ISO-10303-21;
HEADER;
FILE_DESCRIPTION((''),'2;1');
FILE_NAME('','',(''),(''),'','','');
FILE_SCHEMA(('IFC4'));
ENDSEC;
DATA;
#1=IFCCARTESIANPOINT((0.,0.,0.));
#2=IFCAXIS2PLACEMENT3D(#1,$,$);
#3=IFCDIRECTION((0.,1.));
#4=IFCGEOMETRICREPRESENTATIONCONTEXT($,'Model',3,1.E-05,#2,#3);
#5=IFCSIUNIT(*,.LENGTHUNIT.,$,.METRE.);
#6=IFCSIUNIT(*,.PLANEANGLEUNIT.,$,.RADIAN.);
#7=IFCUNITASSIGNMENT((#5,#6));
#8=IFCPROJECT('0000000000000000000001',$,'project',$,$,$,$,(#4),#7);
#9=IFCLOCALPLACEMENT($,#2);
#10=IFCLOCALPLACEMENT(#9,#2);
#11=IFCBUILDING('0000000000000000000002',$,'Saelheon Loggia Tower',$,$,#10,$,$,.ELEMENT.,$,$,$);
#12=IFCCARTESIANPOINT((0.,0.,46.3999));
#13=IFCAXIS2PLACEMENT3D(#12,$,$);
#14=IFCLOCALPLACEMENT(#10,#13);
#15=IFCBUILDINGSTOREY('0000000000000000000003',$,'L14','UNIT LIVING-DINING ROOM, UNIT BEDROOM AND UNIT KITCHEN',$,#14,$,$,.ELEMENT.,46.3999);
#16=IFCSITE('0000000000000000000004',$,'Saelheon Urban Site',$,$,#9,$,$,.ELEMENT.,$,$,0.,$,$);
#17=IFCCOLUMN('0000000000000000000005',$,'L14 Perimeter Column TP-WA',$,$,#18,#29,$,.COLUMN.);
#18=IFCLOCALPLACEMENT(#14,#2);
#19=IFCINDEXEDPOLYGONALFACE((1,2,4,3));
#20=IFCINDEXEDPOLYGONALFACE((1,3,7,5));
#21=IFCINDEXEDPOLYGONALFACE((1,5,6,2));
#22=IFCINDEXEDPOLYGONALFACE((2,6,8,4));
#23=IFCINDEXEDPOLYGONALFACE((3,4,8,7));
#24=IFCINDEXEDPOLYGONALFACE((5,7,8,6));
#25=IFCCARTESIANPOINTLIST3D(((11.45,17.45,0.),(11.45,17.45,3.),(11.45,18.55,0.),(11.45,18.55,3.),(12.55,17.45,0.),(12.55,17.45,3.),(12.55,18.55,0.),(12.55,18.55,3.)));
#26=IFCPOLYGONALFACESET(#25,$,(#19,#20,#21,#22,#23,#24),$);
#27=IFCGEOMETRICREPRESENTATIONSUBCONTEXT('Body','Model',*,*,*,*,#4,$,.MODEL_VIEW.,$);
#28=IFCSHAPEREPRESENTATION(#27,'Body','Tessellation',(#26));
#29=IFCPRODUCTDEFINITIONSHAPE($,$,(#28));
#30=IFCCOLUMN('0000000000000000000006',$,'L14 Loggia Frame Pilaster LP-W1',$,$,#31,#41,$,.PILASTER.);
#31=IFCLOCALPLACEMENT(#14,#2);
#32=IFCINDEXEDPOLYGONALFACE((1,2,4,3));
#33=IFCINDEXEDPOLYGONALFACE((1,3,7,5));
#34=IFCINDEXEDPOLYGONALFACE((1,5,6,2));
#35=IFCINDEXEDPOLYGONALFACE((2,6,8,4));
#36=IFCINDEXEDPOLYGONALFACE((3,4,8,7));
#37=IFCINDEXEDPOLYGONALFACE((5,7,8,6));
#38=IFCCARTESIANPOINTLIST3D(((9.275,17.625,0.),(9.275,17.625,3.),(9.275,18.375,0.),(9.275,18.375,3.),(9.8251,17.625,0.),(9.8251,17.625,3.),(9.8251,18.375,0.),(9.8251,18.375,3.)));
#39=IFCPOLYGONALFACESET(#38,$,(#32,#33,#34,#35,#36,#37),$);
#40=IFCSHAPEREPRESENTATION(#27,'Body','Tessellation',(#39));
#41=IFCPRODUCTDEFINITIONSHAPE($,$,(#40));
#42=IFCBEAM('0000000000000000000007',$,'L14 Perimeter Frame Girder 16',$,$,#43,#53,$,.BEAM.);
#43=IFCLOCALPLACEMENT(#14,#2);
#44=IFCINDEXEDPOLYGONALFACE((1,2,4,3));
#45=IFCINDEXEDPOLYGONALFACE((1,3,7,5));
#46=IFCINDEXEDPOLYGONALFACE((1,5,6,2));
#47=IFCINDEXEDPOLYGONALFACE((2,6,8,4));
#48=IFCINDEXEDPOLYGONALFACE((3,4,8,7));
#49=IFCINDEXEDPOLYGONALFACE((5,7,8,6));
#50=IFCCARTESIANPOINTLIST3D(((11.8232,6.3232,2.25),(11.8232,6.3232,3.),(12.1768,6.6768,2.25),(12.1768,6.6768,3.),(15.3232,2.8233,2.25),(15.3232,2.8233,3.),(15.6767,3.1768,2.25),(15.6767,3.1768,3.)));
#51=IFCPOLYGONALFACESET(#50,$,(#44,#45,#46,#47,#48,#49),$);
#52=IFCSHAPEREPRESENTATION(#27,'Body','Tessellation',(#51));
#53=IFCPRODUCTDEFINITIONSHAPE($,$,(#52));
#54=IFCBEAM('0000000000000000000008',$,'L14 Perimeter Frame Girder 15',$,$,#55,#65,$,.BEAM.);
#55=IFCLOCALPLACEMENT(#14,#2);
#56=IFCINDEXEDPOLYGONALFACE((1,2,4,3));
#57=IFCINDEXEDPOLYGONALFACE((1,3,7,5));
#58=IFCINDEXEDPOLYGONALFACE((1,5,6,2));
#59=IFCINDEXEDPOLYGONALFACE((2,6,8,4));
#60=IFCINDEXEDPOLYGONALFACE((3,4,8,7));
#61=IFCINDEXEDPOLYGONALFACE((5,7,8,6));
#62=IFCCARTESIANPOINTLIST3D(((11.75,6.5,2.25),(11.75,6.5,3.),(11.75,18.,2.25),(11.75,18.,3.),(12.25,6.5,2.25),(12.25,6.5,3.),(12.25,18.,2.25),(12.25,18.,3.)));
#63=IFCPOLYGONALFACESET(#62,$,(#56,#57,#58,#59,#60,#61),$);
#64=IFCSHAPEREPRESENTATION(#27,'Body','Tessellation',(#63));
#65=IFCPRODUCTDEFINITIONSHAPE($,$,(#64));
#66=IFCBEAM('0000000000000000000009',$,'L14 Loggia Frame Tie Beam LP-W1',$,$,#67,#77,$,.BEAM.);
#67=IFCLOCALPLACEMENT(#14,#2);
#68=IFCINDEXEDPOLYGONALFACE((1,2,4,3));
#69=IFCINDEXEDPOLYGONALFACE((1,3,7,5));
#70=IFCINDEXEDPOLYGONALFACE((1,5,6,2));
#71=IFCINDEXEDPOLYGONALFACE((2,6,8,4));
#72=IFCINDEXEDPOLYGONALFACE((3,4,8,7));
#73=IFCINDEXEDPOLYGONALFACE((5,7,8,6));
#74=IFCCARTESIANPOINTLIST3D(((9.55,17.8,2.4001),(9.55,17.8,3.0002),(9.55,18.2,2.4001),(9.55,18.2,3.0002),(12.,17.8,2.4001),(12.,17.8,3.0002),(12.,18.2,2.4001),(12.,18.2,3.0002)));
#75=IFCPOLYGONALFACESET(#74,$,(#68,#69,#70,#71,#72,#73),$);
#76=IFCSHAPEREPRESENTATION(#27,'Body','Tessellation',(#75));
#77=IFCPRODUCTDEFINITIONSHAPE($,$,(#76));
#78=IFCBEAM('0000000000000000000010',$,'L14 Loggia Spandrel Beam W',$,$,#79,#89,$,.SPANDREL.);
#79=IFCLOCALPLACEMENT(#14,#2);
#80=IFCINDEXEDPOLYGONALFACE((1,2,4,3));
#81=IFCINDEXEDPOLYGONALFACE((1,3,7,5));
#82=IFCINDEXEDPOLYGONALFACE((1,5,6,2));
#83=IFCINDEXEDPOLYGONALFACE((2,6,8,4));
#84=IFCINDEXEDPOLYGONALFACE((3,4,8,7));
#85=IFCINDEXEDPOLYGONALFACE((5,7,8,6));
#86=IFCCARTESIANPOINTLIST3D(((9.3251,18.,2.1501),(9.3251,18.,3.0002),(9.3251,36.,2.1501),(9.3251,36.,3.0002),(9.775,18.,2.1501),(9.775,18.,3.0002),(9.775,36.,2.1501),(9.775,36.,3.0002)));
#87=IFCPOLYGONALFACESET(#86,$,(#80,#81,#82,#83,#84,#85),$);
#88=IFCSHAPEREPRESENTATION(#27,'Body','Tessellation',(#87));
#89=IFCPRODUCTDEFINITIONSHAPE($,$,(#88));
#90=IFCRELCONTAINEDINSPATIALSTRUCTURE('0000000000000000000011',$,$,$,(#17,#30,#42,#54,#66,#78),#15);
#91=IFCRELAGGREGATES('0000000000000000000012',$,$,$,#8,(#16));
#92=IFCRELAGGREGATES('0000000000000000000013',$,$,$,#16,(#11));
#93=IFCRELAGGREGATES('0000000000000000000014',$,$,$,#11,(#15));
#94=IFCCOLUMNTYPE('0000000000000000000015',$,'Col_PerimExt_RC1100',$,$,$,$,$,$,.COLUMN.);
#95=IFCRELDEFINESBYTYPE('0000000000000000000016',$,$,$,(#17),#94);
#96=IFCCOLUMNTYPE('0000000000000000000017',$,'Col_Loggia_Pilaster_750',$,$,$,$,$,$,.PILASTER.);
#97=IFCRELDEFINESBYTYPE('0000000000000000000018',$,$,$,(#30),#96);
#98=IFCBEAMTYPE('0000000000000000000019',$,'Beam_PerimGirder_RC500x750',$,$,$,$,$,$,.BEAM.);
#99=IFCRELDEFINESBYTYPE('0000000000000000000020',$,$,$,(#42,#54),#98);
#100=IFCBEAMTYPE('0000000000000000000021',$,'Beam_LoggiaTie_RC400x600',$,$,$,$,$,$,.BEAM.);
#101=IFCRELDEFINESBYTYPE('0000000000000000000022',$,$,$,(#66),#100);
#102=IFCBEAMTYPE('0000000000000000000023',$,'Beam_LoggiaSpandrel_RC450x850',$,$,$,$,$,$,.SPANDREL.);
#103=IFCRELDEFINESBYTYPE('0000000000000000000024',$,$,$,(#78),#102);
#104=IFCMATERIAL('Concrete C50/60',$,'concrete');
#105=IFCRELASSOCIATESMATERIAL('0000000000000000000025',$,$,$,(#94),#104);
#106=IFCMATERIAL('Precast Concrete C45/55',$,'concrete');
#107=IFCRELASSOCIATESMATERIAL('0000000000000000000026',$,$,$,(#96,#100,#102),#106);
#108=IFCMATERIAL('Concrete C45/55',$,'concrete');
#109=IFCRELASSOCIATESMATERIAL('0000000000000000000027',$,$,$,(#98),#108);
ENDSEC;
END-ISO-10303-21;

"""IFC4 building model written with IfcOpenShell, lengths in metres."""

from ifc_helpers import new_model, si_unit, direction, frame, origin, origin_2d, place, context, subcontext, project, spatial, rectangle, extrude, source, transform, mapped, material, material_profile, profile_set, type_object, element, save


model = new_model("IFC4")

# Units and contexts
model_context = context("Model", 3, precision=1e-05, world=origin(), true_north=direction((0.0, 1.0)))
body_context = subcontext(model_context, "Body", "Model", "MODEL_VIEW")
ifc_project = project(units=[si_unit("LENGTHUNIT", "METRE"), si_unit("PLANEANGLEUNIT", "RADIAN")], contexts=[model_context])

# Site, building, storey
site_placement = place(None, origin())
site = spatial("IfcSite", under=ifc_project, at=site_placement, Name="Saelheon Urban Site", CompositionType="ELEMENT", RefElevation=0.0)
building_placement = place(site_placement, origin())
building = spatial("IfcBuilding", under=site, at=building_placement, Name="Saelheon Loggia Tower", CompositionType="ELEMENT")
storey_placement = place(building_placement, frame((0.0, 0.0, 46.3999)))
storey = spatial("IfcBuildingStorey", under=building, at=storey_placement, Name="L14", Description="UNIT LIVING-DINING ROOM, UNIT BEDROOM AND UNIT KITCHEN", CompositionType="ELEMENT", Elevation=46.3999)

# Columns
ifc_material_1 = material(Name="Concrete C50/60", Category="concrete")
ifc_material_profile_1 = material_profile(ifc_material_1, rectangle(XDim=1.1001, YDim=1.1001, at=origin_2d()), Name="RC-1100x1100")
ifc_profile_set_1 = profile_set([ifc_material_profile_1], Name="Concrete C50/60")
column_type_1 = type_object("IfcColumnType", Name="Col_PerimExt_RC1100", PredefinedType="COLUMN", material=ifc_profile_set_1)
shared_shape_1 = source(origin(), body_context, "Body", "SweptSolid", [
    extrude(rectangle(XDim=1.1001, YDim=1.1001, at=origin_2d()), origin(), (0.0, 0.0, 1.0), 3.0),
])
column_1_placement = place(storey_placement, frame((12.0, 18.0, 0.0), z_axis=(0.0, 0.0, 1.0), x_axis=(1.0, 0.0, 0.0)))
element("IfcColumn", 1, at=column_1_placement, inside=storey, type_object=column_type_1, Name="L14 Perimeter Column TP-WA", PredefinedType="COLUMN", context=body_context, shape_type="MappedRepresentation", body=[
    mapped(shared_shape_1, transform((0.0, 0.0, 0.0), scale=1.0)),
])
ifc_material_2 = material(Name="Precast Concrete C45/55", Category="concrete")
ifc_material_profile_2 = material_profile(ifc_material_2, rectangle(XDim=0.55, YDim=0.75, at=origin_2d()), Name="RC-550x750")
ifc_profile_set_2 = profile_set([ifc_material_profile_2], Name="Precast Concrete C45/55")
column_type_2 = type_object("IfcColumnType", Name="Col_Loggia_Pilaster_750", PredefinedType="PILASTER", material=ifc_profile_set_2)
shared_shape_2 = source(origin(), body_context, "Body", "SweptSolid", [
    extrude(rectangle(XDim=0.55, YDim=0.75, at=origin_2d()), origin(), (0.0, 0.0, 1.0), 3.0),
])
column_2_placement = place(storey_placement, frame((9.55, 18.0, 0.0), z_axis=(0.0, 0.0, 1.0), x_axis=(1.0, 0.0, 0.0)))
element("IfcColumn", 2, at=column_2_placement, inside=storey, type_object=column_type_2, Name="L14 Loggia Frame Pilaster LP-W1", PredefinedType="PILASTER", context=body_context, shape_type="MappedRepresentation", body=[
    mapped(shared_shape_2, transform((0.0, 0.0, 0.0), scale=1.0)),
])

# Beams
ifc_material_3 = material(Name="Concrete C45/55", Category="concrete")
ifc_material_profile_3 = material_profile(ifc_material_3, rectangle(XDim=0.5, YDim=0.75, at=origin_2d()), Name="RC-500x750")
ifc_profile_set_3 = profile_set([ifc_material_profile_3], Name="Concrete C45/55")
beam_type_1 = type_object("IfcBeamType", Name="Beam_PerimGirder_RC500x750", PredefinedType="BEAM", material=ifc_profile_set_3)
shared_shape_3 = source(origin(), body_context, "Body", "SweptSolid", [
    extrude(rectangle(XDim=0.5, YDim=0.75, at=origin_2d()), origin(), (0.0, 0.0, 1.0), 4.9497),
])
beam_1_placement = place(storey_placement, frame((12.0, 6.5, 2.625), z_axis=(0.707107, -0.707107, 0.0), x_axis=(0.707107, 0.707107, 0.0)))
element("IfcBeam", 3, at=beam_1_placement, inside=storey, type_object=beam_type_1, Name="L14 Perimeter Frame Girder 16", PredefinedType="BEAM", context=body_context, shape_type="MappedRepresentation", body=[
    mapped(shared_shape_3, transform((0.0, 0.0, 0.0), scale=1.0)),
])
shared_shape_4 = source(origin(), body_context, "Body", "SweptSolid", [
    extrude(rectangle(XDim=0.5, YDim=0.75, at=origin_2d()), origin(), (0.0, 0.0, 1.0), 11.5),
])
beam_2_placement = place(storey_placement, frame((12.0, 18.0, 2.625), z_axis=(0.0, -1.0, 0.0), x_axis=(1.0, 0.0, 0.0)))
element("IfcBeam", 4, at=beam_2_placement, inside=storey, type_object=beam_type_1, Name="L14 Perimeter Frame Girder 15", PredefinedType="BEAM", context=body_context, shape_type="MappedRepresentation", body=[
    mapped(shared_shape_4, transform((0.0, 0.0, 0.0), scale=1.0)),
])
ifc_material_profile_4 = material_profile(ifc_material_2, rectangle(XDim=0.3999, YDim=0.6001, at=origin_2d()), Name="RC-400x600")
ifc_profile_set_4 = profile_set([ifc_material_profile_4], Name="Precast Concrete C45/55")
beam_type_2 = type_object("IfcBeamType", Name="Beam_LoggiaTie_RC400x600", PredefinedType="BEAM", material=ifc_profile_set_4)
shared_shape_5 = source(origin(), body_context, "Body", "SweptSolid", [
    extrude(rectangle(XDim=0.3999, YDim=0.6001, at=origin_2d()), origin(), (0.0, 0.0, 1.0), 2.45),
])
beam_3_placement = place(storey_placement, frame((12.0, 18.0, 2.7002), z_axis=(-1.0, 0.0, 0.0), x_axis=(0.0, -1.0, 0.0)))
element("IfcBeam", 5, at=beam_3_placement, inside=storey, type_object=beam_type_2, Name="L14 Loggia Frame Tie Beam LP-W1", PredefinedType="BEAM", context=body_context, shape_type="MappedRepresentation", body=[
    mapped(shared_shape_5, transform((0.0, 0.0, 0.0), scale=1.0)),
])
ifc_material_profile_5 = material_profile(ifc_material_2, rectangle(XDim=0.45, YDim=0.8501, at=origin_2d()), Name="RC-450x850")
ifc_profile_set_5 = profile_set([ifc_material_profile_5], Name="Precast Concrete C45/55")
beam_type_3 = type_object("IfcBeamType", Name="Beam_LoggiaSpandrel_RC450x850", PredefinedType="SPANDREL", material=ifc_profile_set_5)
shared_shape_6 = source(origin(), body_context, "Body", "SweptSolid", [
    extrude(rectangle(XDim=0.45, YDim=0.8501, at=origin_2d()), origin(), (0.0, 0.0, 1.0), 18.0),
])
beam_4_placement = place(storey_placement, frame((9.55, 18.0, 2.5752), z_axis=(0.0, 1.0, 0.0), x_axis=(-1.0, 0.0, 0.0)))
element("IfcBeam", 6, at=beam_4_placement, inside=storey, type_object=beam_type_3, Name="L14 Loggia Spandrel Beam W", PredefinedType="SPANDREL", context=body_context, shape_type="MappedRepresentation", body=[
    mapped(shared_shape_6, transform((0.0, 0.0, 0.0), scale=1.0)),
])

save(model, "model.ifc")
